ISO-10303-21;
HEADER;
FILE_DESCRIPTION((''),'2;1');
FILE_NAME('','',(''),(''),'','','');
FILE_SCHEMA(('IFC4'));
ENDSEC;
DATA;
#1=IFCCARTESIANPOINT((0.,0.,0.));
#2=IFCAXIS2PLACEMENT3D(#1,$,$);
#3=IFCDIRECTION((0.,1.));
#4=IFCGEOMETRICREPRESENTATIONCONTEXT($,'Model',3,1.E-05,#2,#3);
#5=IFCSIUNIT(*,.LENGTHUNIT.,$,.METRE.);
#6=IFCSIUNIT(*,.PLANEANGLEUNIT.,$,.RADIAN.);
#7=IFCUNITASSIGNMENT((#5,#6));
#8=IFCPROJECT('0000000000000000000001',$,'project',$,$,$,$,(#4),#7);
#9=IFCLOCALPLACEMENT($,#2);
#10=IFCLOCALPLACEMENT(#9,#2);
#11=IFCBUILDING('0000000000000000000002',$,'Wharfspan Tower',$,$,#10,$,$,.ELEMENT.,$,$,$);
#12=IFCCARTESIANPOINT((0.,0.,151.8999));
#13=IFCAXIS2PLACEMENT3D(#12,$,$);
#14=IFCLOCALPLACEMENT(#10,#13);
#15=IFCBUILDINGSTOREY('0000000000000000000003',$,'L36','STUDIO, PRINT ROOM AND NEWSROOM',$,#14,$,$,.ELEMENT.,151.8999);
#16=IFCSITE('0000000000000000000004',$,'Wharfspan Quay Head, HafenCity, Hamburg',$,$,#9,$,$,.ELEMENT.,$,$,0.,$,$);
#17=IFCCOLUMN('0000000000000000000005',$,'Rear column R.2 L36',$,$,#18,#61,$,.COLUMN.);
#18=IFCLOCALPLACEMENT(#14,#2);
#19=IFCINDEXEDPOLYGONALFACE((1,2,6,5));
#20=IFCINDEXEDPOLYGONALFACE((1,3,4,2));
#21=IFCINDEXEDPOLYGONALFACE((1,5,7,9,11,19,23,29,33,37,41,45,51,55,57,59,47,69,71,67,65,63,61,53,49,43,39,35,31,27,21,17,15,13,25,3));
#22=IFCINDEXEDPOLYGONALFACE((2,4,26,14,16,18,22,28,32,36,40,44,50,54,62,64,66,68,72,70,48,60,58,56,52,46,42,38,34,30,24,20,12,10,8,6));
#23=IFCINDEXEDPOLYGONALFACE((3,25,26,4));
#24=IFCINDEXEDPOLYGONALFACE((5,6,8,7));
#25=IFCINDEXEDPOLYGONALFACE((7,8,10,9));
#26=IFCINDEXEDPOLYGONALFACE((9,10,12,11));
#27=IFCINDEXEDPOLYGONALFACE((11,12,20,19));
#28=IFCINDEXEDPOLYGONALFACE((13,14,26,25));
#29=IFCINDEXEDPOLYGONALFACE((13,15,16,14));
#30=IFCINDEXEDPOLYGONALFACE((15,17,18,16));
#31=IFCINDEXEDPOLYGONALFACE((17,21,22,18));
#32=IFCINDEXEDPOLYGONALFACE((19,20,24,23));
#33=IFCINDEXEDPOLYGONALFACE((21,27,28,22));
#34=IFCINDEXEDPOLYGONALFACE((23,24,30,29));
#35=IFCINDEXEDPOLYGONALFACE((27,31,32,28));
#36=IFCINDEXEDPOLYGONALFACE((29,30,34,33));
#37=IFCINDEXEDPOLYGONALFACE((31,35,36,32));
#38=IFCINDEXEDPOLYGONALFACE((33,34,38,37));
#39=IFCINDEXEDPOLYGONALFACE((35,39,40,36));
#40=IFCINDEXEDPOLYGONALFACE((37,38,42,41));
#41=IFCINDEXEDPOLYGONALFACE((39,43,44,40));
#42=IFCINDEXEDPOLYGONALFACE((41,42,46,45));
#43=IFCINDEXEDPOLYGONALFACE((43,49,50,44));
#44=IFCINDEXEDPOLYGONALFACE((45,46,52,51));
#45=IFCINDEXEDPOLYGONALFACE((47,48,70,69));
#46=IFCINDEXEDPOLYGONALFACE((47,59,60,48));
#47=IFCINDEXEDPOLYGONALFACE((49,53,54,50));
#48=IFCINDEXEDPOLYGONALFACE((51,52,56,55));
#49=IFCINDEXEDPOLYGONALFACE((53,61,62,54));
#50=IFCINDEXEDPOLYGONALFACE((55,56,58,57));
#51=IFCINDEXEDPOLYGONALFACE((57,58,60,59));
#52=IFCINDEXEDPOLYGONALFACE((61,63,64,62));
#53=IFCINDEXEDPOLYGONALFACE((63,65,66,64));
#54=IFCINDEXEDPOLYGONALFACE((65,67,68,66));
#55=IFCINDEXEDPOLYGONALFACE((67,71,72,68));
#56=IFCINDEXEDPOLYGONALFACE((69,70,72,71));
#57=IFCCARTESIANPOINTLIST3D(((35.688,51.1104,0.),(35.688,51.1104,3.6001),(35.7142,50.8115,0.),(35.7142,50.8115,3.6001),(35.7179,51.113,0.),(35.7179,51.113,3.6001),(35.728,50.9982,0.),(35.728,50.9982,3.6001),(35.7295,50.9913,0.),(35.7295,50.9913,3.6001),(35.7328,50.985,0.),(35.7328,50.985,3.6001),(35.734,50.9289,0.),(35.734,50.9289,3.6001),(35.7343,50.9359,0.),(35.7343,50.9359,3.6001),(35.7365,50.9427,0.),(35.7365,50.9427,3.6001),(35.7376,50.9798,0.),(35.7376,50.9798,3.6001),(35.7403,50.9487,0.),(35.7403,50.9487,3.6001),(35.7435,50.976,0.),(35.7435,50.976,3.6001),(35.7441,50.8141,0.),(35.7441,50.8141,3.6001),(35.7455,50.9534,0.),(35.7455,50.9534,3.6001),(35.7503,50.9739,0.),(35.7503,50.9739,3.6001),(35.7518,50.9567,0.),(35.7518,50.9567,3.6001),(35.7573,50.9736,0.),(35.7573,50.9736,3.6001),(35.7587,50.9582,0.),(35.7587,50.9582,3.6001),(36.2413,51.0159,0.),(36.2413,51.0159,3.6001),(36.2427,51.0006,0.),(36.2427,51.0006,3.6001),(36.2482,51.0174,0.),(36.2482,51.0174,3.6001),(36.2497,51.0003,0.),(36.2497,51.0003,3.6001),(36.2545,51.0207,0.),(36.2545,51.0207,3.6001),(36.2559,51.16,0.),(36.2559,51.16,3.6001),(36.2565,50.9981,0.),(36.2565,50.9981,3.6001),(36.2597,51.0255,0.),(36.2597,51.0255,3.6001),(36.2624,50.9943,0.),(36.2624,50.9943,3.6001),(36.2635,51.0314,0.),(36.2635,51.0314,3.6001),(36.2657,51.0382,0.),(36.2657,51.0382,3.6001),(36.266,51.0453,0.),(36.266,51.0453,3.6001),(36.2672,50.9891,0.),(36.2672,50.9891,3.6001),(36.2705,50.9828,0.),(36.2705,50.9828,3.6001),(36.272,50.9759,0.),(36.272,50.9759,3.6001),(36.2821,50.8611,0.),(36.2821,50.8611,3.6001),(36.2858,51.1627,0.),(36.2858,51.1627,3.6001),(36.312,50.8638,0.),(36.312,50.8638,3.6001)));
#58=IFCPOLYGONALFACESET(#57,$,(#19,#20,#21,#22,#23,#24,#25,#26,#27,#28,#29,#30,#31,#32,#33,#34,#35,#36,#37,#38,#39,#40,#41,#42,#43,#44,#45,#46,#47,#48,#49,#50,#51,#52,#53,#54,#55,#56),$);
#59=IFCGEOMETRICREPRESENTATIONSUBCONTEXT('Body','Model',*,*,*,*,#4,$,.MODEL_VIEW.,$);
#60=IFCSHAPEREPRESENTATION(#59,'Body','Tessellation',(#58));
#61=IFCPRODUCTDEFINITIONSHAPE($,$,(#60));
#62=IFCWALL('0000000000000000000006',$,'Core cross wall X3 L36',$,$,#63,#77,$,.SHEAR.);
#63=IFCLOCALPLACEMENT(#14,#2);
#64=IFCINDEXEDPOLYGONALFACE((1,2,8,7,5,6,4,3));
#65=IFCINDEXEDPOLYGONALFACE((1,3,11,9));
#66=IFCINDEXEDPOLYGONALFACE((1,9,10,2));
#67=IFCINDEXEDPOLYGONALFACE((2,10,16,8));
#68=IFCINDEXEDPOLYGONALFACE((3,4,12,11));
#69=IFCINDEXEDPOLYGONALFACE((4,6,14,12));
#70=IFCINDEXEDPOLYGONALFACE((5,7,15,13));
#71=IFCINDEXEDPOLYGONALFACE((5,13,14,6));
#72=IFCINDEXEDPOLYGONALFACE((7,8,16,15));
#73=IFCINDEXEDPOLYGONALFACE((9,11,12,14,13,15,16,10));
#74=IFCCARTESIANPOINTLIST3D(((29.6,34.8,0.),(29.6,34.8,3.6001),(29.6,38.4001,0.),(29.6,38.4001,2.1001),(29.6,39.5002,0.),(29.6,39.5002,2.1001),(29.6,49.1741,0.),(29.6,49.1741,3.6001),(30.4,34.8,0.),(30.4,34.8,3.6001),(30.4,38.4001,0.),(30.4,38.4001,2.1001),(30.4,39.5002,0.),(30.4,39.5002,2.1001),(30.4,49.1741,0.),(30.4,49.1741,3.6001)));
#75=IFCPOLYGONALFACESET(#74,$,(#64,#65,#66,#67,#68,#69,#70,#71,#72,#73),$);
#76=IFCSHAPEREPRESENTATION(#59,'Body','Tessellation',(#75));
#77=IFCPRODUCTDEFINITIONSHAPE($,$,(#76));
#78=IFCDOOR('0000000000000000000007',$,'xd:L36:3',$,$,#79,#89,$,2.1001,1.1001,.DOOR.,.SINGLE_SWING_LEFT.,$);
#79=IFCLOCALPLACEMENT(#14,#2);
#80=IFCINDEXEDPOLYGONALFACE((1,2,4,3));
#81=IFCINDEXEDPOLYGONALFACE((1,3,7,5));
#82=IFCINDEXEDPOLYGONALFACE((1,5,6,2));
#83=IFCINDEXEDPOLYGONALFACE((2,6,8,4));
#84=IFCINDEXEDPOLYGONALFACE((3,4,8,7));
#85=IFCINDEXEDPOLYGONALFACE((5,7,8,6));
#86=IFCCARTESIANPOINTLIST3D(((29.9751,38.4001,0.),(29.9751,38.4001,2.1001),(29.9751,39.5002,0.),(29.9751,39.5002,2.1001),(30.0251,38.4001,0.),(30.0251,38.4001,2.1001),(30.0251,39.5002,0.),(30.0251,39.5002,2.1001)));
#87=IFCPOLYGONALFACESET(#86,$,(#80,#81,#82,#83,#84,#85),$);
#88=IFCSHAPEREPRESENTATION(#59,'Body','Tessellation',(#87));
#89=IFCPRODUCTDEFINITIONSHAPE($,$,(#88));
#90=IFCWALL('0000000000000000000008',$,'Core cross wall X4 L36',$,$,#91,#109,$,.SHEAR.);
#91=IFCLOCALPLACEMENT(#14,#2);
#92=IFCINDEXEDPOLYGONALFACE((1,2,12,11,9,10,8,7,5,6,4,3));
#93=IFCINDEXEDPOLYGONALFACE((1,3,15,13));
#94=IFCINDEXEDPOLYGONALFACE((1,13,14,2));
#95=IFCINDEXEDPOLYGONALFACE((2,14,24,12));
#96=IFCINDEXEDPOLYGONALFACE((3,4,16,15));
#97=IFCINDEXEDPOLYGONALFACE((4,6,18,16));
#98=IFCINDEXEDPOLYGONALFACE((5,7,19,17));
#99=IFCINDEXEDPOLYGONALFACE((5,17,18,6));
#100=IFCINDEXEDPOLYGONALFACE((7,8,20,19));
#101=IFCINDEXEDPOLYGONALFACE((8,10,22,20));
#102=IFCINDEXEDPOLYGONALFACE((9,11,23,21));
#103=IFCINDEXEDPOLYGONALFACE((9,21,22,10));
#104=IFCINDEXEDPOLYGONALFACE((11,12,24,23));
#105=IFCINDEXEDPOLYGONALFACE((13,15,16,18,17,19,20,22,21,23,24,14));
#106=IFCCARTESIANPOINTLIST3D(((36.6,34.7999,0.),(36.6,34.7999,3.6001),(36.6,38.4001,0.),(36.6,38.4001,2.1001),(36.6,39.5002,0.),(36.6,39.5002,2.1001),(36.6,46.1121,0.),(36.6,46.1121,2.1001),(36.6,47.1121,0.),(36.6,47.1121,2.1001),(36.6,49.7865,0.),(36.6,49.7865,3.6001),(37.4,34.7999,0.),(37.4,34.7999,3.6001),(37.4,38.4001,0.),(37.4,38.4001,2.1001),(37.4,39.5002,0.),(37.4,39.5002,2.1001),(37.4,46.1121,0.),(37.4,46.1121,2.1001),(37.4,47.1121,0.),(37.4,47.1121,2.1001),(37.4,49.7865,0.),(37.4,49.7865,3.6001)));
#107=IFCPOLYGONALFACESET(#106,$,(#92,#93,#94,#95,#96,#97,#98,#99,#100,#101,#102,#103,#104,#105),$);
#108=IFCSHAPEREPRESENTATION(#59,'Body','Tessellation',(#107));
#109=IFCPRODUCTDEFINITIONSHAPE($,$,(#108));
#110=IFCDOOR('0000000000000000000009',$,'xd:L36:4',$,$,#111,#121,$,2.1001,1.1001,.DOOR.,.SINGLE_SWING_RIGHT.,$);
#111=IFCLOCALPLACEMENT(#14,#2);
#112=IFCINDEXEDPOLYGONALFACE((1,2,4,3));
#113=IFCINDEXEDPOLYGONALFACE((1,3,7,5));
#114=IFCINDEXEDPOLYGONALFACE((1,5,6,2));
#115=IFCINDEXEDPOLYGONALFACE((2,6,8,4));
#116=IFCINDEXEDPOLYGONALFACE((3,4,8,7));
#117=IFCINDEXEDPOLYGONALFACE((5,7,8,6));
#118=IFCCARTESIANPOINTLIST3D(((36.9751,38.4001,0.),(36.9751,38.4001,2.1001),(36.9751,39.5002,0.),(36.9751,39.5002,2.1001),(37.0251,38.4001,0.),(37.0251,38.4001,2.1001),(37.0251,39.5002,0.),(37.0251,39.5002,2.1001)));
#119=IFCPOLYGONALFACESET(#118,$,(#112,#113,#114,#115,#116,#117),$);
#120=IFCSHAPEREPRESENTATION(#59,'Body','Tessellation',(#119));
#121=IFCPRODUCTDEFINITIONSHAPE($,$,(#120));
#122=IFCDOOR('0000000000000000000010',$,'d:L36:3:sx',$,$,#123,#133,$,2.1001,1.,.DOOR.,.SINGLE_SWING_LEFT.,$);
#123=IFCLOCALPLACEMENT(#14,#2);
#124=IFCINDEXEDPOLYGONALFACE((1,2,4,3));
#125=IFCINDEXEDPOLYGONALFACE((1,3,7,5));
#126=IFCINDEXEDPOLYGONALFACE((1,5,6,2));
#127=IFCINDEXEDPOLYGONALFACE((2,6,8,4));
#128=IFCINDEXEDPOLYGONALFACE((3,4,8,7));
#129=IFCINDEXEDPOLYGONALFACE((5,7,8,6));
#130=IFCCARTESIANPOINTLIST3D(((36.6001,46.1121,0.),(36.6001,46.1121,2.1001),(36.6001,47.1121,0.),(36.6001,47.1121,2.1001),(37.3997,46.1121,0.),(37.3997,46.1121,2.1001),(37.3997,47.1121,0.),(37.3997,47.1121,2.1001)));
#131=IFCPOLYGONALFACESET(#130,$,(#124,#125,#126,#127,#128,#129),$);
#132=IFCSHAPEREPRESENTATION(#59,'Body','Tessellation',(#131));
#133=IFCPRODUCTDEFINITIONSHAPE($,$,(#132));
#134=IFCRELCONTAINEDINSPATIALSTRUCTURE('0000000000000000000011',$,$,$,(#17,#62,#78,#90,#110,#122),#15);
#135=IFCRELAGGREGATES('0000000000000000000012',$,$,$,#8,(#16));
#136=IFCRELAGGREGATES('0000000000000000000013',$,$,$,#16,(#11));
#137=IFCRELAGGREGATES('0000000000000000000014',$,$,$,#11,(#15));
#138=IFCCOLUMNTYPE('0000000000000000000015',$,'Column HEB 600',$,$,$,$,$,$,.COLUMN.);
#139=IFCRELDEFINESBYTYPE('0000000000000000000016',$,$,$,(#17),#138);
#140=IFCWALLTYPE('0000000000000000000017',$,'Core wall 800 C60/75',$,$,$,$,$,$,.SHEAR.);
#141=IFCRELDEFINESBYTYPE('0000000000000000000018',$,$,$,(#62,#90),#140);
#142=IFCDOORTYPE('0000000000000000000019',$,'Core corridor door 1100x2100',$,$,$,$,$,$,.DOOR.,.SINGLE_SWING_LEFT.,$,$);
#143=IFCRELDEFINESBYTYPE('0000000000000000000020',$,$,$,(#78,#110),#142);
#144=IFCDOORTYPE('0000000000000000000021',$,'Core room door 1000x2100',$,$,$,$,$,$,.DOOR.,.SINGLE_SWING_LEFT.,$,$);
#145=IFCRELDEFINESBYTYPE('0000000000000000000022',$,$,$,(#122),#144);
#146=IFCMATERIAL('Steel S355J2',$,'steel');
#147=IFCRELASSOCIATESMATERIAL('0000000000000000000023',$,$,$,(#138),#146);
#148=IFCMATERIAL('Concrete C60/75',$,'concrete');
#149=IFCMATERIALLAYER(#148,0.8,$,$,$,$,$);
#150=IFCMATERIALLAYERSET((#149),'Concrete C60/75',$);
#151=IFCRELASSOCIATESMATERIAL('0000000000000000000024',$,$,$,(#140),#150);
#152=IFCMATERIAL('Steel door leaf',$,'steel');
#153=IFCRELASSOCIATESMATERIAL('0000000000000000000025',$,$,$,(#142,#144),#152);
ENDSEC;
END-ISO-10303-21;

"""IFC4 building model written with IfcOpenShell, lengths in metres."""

from ifc_helpers import new_model, si_unit, direction, frame, frame_2d, origin, origin_2d, place, context, subcontext, project, spatial, rectangle, i_section, extrude, material, layer, layer_set, material_profile, profile_set, type_object, element, fill, save


model = new_model("IFC4")

# Units and contexts
model_context = context("Model", 3, precision=1e-05, world=origin(), true_north=direction((0.0, 1.0)))
body_context = subcontext(model_context, "Body", "Model", "MODEL_VIEW")
ifc_project = project(units=[si_unit("LENGTHUNIT", "METRE"), si_unit("PLANEANGLEUNIT", "RADIAN")], contexts=[model_context])

# Site, building, storey
site_placement = place(None, origin())
site = spatial("IfcSite", under=ifc_project, at=site_placement, Name="Wharfspan Quay Head, HafenCity, Hamburg", CompositionType="ELEMENT", RefElevation=0.0)
building_placement = place(site_placement, origin())
building = spatial("IfcBuilding", under=site, at=building_placement, Name="Wharfspan Tower", CompositionType="ELEMENT")
storey_placement = place(building_placement, frame((0.0, 0.0, 151.8999)))
storey = spatial("IfcBuildingStorey", under=building, at=storey_placement, Name="L36", Description="STUDIO, PRINT ROOM AND NEWSROOM", CompositionType="ELEMENT", Elevation=151.8999)

# Column
ifc_material_1 = material(Name="Steel S355J2", Category="steel")
ifc_material_profile = material_profile(ifc_material_1, i_section(OverallWidth=0.3, OverallDepth=0.6001, WebThickness=0.0154, FlangeThickness=0.03, FilletRadius=0.0271, at=origin_2d()))
ifc_profile_set = profile_set([ifc_material_profile], Name="Steel S355J2")
column_type = type_object("IfcColumnType", Name="Column HEB 600", PredefinedType="COLUMN", material=ifc_profile_set)
column_placement = place(storey_placement, frame((36.0, 50.9871, 0.0), z_axis=(0.0, 0.0, 1.0), x_axis=(-0.087156, 0.996198, 0.0)))
element("IfcColumn", 1, at=column_placement, inside=storey, type_object=column_type, Name="Rear column R.2 L36", PredefinedType="COLUMN", context=body_context, shape_type="SweptSolid", body=[
    extrude(i_section(OverallWidth=0.3, OverallDepth=0.6001, WebThickness=0.0154, FlangeThickness=0.03, FilletRadius=0.0271, at=origin_2d()), origin(), (0.0, 0.0, 1.0), 3.6001),
])

# Wall, opening, door
ifc_material_2 = material(Name="Concrete C60/75", Category="concrete")
ifc_layer_1 = layer(ifc_material_2, 0.8)
ifc_layer_set_1 = layer_set([ifc_layer_1], Name="Concrete C60/75")
wall_type_1 = type_object("IfcWallType", Name="Core wall 800 C60/75", PredefinedType="SHEAR", material=ifc_layer_set_1)
wall_1_placement = place(storey_placement, frame((30.0, 34.8, 0.0), z_axis=(0.0, 0.0, 1.0), x_axis=(0.0, 1.0, 0.0)))
wall_1 = element("IfcWall", 2, at=wall_1_placement, inside=storey, type_object=wall_type_1, Name="Core cross wall X3 L36", PredefinedType="SHEAR", context=body_context, shape_type="SweptSolid", body=[
    extrude(rectangle(XDim=14.374, YDim=0.8, at=frame_2d((7.187, 0.0))), origin(), (0.0, 0.0, 1.0), 3.6001),
])
opening_1_placement = place(wall_1_placement, frame((3.6001, 0.0, 0.0)))
opening_1 = element("IfcOpeningElement", 3, at=opening_1_placement, cuts=wall_1, PredefinedType="OPENING", context=body_context, shape_type="SweptSolid", body=[
    extrude(rectangle(XDim=1.1001, YDim=2.1001, at=frame_2d((0.55, 1.05))), frame((0.0, 0.4099, 0.0), z_axis=(0.0, -1.0, 0.0), x_axis=(1.0, 0.0, 0.0)), (0.0, 0.0, 1.0), 0.8201),
])
ifc_material_3 = material(Name="Steel door leaf", Category="steel")
door_type_1 = type_object("IfcDoorType", Name="Core corridor door 1100x2100", OperationType="SINGLE_SWING_LEFT", PredefinedType="DOOR", material=ifc_material_3)
door_1_placement = place(opening_1_placement, origin())
door_1 = element("IfcDoor", 4, at=door_1_placement, inside=storey, type_object=door_type_1, Name="xd:L36:3", OperationType="SINGLE_SWING_LEFT", OverallHeight=2.1001, OverallWidth=1.1001, PredefinedType="DOOR", context=body_context, shape_type="SweptSolid", body=[
    extrude(rectangle(XDim=1.1001, YDim=2.1001, at=frame_2d((0.55, 1.05))), frame((0.0, 0.0249, 0.0), z_axis=(0.0, -1.0, 0.0), x_axis=(1.0, 0.0, 0.0)), (0.0, 0.0, 1.0), 0.05),
])
fill(opening_1, door_1)

# Wall, openings, doors
wall_2_placement = place(storey_placement, frame((37.0, 34.8, 0.0), z_axis=(0.0, 0.0, 1.0), x_axis=(0.0, 1.0, 0.0)))
wall_2 = element("IfcWall", 5, at=wall_2_placement, inside=storey, type_object=wall_type_1, Name="Core cross wall X4 L36", PredefinedType="SHEAR", context=body_context, shape_type="SweptSolid", body=[
    extrude(rectangle(XDim=14.9866, YDim=0.8, at=frame_2d((7.4932, 0.0))), origin(), (0.0, 0.0, 1.0), 3.6001),
])
opening_2_placement = place(wall_2_placement, frame((11.312, 0.0, 0.0)))
opening_2 = element("IfcOpeningElement", 6, at=opening_2_placement, cuts=wall_2, PredefinedType="OPENING", context=body_context, shape_type="SweptSolid", body=[
    extrude(rectangle(XDim=1.0, YDim=2.1001, at=frame_2d((0.5, 1.05))), frame((0.0, 0.4099, 0.0), z_axis=(0.0, -1.0, 0.0), x_axis=(1.0, 0.0, 0.0)), (0.0, 0.0, 1.0), 0.8201),
])
opening_3_placement = place(wall_2_placement, frame((3.6001, 0.0, 0.0)))
opening_3 = element("IfcOpeningElement", 7, at=opening_3_placement, cuts=wall_2, PredefinedType="OPENING", context=body_context, shape_type="SweptSolid", body=[
    extrude(rectangle(XDim=1.1001, YDim=2.1001, at=frame_2d((0.55, 1.05))), frame((0.0, 0.4099, 0.0), z_axis=(0.0, -1.0, 0.0), x_axis=(1.0, 0.0, 0.0)), (0.0, 0.0, 1.0), 0.8201),
])
door_2_placement = place(opening_3_placement, origin())
door_2 = element("IfcDoor", 8, at=door_2_placement, inside=storey, type_object=door_type_1, Name="xd:L36:4", OperationType="SINGLE_SWING_RIGHT", OverallHeight=2.1001, OverallWidth=1.1001, PredefinedType="DOOR", context=body_context, shape_type="SweptSolid", body=[
    extrude(rectangle(XDim=1.1001, YDim=2.1001, at=frame_2d((0.55, 1.05))), frame((0.0, 0.0249, 0.0), z_axis=(0.0, -1.0, 0.0), x_axis=(1.0, 0.0, 0.0)), (0.0, 0.0, 1.0), 0.05),
])
fill(opening_3, door_2)
door_type_2 = type_object("IfcDoorType", Name="Core room door 1000x2100", OperationType="SINGLE_SWING_LEFT", PredefinedType="DOOR", material=ifc_material_3)
door_3_placement = place(opening_2_placement, origin())
door_3 = element("IfcDoor", 9, at=door_3_placement, inside=storey, type_object=door_type_2, Name="d:L36:3:sx", OperationType="SINGLE_SWING_LEFT", OverallHeight=2.1001, OverallWidth=1.0, PredefinedType="DOOR", context=body_context, shape_type="SweptSolid", body=[
    extrude(rectangle(XDim=1.0, YDim=2.1001, at=frame_2d((0.5, 1.05))), frame((0.0, 0.3999, 0.0), z_axis=(0.0, -1.0, 0.0), x_axis=(1.0, 0.0, 0.0)), (0.0, 0.0, 1.0), 0.7996),
])
fill(opening_2, door_3)

save(model, "model.ifc")
